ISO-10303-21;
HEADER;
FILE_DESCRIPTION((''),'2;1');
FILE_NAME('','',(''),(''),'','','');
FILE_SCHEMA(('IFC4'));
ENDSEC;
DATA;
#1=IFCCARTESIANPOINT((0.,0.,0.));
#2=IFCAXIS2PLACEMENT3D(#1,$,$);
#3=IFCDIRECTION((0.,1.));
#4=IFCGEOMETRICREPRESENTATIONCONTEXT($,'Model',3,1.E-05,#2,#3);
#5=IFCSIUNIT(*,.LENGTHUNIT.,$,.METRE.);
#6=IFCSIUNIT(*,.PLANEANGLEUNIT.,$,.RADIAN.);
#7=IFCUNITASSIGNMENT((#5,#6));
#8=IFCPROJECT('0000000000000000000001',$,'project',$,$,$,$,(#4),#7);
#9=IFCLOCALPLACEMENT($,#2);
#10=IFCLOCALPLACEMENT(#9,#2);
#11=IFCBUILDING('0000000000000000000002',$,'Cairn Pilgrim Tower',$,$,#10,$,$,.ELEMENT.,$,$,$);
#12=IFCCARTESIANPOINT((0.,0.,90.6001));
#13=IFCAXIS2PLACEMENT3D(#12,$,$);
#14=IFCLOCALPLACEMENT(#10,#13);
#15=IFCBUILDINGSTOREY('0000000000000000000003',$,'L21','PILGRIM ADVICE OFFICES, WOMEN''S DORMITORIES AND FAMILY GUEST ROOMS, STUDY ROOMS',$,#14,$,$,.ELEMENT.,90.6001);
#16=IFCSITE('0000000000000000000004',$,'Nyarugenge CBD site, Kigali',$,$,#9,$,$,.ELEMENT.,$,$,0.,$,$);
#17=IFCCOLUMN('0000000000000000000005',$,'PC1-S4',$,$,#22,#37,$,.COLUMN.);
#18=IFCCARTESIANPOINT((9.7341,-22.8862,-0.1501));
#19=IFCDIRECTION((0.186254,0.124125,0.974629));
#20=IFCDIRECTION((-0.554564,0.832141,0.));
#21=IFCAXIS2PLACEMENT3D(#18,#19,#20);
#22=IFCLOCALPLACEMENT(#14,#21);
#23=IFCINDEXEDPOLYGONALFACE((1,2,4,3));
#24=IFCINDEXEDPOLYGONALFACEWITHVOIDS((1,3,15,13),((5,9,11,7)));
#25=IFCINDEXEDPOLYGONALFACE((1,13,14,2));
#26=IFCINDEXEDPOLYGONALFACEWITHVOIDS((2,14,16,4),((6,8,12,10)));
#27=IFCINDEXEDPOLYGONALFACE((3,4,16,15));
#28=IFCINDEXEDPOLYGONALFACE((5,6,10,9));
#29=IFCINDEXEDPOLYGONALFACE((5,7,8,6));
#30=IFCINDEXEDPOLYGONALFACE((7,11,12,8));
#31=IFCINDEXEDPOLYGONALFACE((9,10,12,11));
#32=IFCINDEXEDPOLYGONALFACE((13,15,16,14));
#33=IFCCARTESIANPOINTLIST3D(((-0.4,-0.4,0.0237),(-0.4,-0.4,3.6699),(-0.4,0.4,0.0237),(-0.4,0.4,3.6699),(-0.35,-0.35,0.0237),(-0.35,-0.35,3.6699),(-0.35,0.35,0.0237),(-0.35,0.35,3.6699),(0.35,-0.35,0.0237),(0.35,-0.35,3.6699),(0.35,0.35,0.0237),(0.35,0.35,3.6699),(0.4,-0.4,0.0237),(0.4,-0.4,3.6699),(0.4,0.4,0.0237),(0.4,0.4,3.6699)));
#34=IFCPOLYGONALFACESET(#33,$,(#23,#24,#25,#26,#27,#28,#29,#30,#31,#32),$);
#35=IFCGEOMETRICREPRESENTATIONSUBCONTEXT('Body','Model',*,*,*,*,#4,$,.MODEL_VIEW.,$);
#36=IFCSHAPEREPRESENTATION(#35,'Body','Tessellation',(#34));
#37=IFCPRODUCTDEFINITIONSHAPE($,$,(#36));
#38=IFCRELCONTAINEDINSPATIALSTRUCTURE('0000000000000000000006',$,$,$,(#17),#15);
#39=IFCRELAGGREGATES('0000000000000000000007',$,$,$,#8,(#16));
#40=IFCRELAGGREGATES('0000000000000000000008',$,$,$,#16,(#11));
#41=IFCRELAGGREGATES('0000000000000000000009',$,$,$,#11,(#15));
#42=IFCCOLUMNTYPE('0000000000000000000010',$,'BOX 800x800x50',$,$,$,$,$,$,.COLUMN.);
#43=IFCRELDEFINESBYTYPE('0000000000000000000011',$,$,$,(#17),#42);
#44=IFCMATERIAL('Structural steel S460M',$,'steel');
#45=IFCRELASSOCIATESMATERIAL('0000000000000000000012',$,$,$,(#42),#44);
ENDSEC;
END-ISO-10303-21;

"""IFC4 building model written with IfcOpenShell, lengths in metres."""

from ifc_helpers import new_model, si_unit, direction, frame, origin, origin_2d, place, context, subcontext, project, spatial, hollow_rectangle, extrude, clip, halfspace, material, material_profile, profile_set, type_object, element, save


model = new_model("IFC4")

# Units and contexts
model_context = context("Model", 3, precision=1e-05, world=origin(), true_north=direction((0.0, 1.0)))
body_context = subcontext(model_context, "Body", "Model", "MODEL_VIEW")
ifc_project = project(units=[si_unit("LENGTHUNIT", "METRE"), si_unit("PLANEANGLEUNIT", "RADIAN")], contexts=[model_context])

# Site, building, storey
site_placement = place(None, origin())
site = spatial("IfcSite", under=ifc_project, at=site_placement, Name="Nyarugenge CBD site, Kigali", CompositionType="ELEMENT", RefElevation=0.0)
building_placement = place(site_placement, origin())
building = spatial("IfcBuilding", under=site, at=building_placement, Name="Cairn Pilgrim Tower", CompositionType="ELEMENT")
storey_placement = place(building_placement, frame((0.0, 0.0, 90.6001)))
storey = spatial("IfcBuildingStorey", under=building, at=storey_placement, Name="L21", Description="PILGRIM ADVICE OFFICES, WOMEN'S DORMITORIES AND FAMILY GUEST ROOMS, STUDY ROOMS", CompositionType="ELEMENT", Elevation=90.6001)

# Column
ifc_material_1 = material(Name="Structural steel S460M", Category="steel")
ifc_material_profile_1 = material_profile(ifc_material_1, hollow_rectangle(XDim=0.8, YDim=0.8, WallThickness=0.05, at=origin_2d()), Name="BOX 800x800x50")
ifc_profile_set_1 = profile_set([ifc_material_profile_1], Name="Structural steel S460M")
column_type = type_object("IfcColumnType", Name="BOX 800x800x50", PredefinedType="COLUMN", material=ifc_profile_set_1)
column_placement = place(storey_placement, frame((9.7341, -22.8862, -0.1501), z_axis=(0.186254, 0.124125, 0.974629), x_axis=(-0.554564, 0.832141, 0.0)))
element("IfcColumn", 1, at=column_placement, inside=storey, type_object=column_type, Name="PC1-S4", PredefinedType="COLUMN", context=body_context, shape_type="Clipping", body=[
    clip(clip(extrude(hollow_rectangle(XDim=0.8, YDim=0.8, WallThickness=0.05, at=origin_2d()), origin(), (0.0, 0.0, 1.0), 3.6938), halfspace(frame((0.0, 0.0, 0.0237), z_axis=(0.0, 0.0, 1.0), x_axis=(1.0, 0.0, 0.0)), True)), halfspace(frame((0.0, 0.0, 3.6699), z_axis=(0.0, 0.0, 1.0), x_axis=(1.0, 0.0, 0.0)), False)),
])

save(model, "model.ifc")
